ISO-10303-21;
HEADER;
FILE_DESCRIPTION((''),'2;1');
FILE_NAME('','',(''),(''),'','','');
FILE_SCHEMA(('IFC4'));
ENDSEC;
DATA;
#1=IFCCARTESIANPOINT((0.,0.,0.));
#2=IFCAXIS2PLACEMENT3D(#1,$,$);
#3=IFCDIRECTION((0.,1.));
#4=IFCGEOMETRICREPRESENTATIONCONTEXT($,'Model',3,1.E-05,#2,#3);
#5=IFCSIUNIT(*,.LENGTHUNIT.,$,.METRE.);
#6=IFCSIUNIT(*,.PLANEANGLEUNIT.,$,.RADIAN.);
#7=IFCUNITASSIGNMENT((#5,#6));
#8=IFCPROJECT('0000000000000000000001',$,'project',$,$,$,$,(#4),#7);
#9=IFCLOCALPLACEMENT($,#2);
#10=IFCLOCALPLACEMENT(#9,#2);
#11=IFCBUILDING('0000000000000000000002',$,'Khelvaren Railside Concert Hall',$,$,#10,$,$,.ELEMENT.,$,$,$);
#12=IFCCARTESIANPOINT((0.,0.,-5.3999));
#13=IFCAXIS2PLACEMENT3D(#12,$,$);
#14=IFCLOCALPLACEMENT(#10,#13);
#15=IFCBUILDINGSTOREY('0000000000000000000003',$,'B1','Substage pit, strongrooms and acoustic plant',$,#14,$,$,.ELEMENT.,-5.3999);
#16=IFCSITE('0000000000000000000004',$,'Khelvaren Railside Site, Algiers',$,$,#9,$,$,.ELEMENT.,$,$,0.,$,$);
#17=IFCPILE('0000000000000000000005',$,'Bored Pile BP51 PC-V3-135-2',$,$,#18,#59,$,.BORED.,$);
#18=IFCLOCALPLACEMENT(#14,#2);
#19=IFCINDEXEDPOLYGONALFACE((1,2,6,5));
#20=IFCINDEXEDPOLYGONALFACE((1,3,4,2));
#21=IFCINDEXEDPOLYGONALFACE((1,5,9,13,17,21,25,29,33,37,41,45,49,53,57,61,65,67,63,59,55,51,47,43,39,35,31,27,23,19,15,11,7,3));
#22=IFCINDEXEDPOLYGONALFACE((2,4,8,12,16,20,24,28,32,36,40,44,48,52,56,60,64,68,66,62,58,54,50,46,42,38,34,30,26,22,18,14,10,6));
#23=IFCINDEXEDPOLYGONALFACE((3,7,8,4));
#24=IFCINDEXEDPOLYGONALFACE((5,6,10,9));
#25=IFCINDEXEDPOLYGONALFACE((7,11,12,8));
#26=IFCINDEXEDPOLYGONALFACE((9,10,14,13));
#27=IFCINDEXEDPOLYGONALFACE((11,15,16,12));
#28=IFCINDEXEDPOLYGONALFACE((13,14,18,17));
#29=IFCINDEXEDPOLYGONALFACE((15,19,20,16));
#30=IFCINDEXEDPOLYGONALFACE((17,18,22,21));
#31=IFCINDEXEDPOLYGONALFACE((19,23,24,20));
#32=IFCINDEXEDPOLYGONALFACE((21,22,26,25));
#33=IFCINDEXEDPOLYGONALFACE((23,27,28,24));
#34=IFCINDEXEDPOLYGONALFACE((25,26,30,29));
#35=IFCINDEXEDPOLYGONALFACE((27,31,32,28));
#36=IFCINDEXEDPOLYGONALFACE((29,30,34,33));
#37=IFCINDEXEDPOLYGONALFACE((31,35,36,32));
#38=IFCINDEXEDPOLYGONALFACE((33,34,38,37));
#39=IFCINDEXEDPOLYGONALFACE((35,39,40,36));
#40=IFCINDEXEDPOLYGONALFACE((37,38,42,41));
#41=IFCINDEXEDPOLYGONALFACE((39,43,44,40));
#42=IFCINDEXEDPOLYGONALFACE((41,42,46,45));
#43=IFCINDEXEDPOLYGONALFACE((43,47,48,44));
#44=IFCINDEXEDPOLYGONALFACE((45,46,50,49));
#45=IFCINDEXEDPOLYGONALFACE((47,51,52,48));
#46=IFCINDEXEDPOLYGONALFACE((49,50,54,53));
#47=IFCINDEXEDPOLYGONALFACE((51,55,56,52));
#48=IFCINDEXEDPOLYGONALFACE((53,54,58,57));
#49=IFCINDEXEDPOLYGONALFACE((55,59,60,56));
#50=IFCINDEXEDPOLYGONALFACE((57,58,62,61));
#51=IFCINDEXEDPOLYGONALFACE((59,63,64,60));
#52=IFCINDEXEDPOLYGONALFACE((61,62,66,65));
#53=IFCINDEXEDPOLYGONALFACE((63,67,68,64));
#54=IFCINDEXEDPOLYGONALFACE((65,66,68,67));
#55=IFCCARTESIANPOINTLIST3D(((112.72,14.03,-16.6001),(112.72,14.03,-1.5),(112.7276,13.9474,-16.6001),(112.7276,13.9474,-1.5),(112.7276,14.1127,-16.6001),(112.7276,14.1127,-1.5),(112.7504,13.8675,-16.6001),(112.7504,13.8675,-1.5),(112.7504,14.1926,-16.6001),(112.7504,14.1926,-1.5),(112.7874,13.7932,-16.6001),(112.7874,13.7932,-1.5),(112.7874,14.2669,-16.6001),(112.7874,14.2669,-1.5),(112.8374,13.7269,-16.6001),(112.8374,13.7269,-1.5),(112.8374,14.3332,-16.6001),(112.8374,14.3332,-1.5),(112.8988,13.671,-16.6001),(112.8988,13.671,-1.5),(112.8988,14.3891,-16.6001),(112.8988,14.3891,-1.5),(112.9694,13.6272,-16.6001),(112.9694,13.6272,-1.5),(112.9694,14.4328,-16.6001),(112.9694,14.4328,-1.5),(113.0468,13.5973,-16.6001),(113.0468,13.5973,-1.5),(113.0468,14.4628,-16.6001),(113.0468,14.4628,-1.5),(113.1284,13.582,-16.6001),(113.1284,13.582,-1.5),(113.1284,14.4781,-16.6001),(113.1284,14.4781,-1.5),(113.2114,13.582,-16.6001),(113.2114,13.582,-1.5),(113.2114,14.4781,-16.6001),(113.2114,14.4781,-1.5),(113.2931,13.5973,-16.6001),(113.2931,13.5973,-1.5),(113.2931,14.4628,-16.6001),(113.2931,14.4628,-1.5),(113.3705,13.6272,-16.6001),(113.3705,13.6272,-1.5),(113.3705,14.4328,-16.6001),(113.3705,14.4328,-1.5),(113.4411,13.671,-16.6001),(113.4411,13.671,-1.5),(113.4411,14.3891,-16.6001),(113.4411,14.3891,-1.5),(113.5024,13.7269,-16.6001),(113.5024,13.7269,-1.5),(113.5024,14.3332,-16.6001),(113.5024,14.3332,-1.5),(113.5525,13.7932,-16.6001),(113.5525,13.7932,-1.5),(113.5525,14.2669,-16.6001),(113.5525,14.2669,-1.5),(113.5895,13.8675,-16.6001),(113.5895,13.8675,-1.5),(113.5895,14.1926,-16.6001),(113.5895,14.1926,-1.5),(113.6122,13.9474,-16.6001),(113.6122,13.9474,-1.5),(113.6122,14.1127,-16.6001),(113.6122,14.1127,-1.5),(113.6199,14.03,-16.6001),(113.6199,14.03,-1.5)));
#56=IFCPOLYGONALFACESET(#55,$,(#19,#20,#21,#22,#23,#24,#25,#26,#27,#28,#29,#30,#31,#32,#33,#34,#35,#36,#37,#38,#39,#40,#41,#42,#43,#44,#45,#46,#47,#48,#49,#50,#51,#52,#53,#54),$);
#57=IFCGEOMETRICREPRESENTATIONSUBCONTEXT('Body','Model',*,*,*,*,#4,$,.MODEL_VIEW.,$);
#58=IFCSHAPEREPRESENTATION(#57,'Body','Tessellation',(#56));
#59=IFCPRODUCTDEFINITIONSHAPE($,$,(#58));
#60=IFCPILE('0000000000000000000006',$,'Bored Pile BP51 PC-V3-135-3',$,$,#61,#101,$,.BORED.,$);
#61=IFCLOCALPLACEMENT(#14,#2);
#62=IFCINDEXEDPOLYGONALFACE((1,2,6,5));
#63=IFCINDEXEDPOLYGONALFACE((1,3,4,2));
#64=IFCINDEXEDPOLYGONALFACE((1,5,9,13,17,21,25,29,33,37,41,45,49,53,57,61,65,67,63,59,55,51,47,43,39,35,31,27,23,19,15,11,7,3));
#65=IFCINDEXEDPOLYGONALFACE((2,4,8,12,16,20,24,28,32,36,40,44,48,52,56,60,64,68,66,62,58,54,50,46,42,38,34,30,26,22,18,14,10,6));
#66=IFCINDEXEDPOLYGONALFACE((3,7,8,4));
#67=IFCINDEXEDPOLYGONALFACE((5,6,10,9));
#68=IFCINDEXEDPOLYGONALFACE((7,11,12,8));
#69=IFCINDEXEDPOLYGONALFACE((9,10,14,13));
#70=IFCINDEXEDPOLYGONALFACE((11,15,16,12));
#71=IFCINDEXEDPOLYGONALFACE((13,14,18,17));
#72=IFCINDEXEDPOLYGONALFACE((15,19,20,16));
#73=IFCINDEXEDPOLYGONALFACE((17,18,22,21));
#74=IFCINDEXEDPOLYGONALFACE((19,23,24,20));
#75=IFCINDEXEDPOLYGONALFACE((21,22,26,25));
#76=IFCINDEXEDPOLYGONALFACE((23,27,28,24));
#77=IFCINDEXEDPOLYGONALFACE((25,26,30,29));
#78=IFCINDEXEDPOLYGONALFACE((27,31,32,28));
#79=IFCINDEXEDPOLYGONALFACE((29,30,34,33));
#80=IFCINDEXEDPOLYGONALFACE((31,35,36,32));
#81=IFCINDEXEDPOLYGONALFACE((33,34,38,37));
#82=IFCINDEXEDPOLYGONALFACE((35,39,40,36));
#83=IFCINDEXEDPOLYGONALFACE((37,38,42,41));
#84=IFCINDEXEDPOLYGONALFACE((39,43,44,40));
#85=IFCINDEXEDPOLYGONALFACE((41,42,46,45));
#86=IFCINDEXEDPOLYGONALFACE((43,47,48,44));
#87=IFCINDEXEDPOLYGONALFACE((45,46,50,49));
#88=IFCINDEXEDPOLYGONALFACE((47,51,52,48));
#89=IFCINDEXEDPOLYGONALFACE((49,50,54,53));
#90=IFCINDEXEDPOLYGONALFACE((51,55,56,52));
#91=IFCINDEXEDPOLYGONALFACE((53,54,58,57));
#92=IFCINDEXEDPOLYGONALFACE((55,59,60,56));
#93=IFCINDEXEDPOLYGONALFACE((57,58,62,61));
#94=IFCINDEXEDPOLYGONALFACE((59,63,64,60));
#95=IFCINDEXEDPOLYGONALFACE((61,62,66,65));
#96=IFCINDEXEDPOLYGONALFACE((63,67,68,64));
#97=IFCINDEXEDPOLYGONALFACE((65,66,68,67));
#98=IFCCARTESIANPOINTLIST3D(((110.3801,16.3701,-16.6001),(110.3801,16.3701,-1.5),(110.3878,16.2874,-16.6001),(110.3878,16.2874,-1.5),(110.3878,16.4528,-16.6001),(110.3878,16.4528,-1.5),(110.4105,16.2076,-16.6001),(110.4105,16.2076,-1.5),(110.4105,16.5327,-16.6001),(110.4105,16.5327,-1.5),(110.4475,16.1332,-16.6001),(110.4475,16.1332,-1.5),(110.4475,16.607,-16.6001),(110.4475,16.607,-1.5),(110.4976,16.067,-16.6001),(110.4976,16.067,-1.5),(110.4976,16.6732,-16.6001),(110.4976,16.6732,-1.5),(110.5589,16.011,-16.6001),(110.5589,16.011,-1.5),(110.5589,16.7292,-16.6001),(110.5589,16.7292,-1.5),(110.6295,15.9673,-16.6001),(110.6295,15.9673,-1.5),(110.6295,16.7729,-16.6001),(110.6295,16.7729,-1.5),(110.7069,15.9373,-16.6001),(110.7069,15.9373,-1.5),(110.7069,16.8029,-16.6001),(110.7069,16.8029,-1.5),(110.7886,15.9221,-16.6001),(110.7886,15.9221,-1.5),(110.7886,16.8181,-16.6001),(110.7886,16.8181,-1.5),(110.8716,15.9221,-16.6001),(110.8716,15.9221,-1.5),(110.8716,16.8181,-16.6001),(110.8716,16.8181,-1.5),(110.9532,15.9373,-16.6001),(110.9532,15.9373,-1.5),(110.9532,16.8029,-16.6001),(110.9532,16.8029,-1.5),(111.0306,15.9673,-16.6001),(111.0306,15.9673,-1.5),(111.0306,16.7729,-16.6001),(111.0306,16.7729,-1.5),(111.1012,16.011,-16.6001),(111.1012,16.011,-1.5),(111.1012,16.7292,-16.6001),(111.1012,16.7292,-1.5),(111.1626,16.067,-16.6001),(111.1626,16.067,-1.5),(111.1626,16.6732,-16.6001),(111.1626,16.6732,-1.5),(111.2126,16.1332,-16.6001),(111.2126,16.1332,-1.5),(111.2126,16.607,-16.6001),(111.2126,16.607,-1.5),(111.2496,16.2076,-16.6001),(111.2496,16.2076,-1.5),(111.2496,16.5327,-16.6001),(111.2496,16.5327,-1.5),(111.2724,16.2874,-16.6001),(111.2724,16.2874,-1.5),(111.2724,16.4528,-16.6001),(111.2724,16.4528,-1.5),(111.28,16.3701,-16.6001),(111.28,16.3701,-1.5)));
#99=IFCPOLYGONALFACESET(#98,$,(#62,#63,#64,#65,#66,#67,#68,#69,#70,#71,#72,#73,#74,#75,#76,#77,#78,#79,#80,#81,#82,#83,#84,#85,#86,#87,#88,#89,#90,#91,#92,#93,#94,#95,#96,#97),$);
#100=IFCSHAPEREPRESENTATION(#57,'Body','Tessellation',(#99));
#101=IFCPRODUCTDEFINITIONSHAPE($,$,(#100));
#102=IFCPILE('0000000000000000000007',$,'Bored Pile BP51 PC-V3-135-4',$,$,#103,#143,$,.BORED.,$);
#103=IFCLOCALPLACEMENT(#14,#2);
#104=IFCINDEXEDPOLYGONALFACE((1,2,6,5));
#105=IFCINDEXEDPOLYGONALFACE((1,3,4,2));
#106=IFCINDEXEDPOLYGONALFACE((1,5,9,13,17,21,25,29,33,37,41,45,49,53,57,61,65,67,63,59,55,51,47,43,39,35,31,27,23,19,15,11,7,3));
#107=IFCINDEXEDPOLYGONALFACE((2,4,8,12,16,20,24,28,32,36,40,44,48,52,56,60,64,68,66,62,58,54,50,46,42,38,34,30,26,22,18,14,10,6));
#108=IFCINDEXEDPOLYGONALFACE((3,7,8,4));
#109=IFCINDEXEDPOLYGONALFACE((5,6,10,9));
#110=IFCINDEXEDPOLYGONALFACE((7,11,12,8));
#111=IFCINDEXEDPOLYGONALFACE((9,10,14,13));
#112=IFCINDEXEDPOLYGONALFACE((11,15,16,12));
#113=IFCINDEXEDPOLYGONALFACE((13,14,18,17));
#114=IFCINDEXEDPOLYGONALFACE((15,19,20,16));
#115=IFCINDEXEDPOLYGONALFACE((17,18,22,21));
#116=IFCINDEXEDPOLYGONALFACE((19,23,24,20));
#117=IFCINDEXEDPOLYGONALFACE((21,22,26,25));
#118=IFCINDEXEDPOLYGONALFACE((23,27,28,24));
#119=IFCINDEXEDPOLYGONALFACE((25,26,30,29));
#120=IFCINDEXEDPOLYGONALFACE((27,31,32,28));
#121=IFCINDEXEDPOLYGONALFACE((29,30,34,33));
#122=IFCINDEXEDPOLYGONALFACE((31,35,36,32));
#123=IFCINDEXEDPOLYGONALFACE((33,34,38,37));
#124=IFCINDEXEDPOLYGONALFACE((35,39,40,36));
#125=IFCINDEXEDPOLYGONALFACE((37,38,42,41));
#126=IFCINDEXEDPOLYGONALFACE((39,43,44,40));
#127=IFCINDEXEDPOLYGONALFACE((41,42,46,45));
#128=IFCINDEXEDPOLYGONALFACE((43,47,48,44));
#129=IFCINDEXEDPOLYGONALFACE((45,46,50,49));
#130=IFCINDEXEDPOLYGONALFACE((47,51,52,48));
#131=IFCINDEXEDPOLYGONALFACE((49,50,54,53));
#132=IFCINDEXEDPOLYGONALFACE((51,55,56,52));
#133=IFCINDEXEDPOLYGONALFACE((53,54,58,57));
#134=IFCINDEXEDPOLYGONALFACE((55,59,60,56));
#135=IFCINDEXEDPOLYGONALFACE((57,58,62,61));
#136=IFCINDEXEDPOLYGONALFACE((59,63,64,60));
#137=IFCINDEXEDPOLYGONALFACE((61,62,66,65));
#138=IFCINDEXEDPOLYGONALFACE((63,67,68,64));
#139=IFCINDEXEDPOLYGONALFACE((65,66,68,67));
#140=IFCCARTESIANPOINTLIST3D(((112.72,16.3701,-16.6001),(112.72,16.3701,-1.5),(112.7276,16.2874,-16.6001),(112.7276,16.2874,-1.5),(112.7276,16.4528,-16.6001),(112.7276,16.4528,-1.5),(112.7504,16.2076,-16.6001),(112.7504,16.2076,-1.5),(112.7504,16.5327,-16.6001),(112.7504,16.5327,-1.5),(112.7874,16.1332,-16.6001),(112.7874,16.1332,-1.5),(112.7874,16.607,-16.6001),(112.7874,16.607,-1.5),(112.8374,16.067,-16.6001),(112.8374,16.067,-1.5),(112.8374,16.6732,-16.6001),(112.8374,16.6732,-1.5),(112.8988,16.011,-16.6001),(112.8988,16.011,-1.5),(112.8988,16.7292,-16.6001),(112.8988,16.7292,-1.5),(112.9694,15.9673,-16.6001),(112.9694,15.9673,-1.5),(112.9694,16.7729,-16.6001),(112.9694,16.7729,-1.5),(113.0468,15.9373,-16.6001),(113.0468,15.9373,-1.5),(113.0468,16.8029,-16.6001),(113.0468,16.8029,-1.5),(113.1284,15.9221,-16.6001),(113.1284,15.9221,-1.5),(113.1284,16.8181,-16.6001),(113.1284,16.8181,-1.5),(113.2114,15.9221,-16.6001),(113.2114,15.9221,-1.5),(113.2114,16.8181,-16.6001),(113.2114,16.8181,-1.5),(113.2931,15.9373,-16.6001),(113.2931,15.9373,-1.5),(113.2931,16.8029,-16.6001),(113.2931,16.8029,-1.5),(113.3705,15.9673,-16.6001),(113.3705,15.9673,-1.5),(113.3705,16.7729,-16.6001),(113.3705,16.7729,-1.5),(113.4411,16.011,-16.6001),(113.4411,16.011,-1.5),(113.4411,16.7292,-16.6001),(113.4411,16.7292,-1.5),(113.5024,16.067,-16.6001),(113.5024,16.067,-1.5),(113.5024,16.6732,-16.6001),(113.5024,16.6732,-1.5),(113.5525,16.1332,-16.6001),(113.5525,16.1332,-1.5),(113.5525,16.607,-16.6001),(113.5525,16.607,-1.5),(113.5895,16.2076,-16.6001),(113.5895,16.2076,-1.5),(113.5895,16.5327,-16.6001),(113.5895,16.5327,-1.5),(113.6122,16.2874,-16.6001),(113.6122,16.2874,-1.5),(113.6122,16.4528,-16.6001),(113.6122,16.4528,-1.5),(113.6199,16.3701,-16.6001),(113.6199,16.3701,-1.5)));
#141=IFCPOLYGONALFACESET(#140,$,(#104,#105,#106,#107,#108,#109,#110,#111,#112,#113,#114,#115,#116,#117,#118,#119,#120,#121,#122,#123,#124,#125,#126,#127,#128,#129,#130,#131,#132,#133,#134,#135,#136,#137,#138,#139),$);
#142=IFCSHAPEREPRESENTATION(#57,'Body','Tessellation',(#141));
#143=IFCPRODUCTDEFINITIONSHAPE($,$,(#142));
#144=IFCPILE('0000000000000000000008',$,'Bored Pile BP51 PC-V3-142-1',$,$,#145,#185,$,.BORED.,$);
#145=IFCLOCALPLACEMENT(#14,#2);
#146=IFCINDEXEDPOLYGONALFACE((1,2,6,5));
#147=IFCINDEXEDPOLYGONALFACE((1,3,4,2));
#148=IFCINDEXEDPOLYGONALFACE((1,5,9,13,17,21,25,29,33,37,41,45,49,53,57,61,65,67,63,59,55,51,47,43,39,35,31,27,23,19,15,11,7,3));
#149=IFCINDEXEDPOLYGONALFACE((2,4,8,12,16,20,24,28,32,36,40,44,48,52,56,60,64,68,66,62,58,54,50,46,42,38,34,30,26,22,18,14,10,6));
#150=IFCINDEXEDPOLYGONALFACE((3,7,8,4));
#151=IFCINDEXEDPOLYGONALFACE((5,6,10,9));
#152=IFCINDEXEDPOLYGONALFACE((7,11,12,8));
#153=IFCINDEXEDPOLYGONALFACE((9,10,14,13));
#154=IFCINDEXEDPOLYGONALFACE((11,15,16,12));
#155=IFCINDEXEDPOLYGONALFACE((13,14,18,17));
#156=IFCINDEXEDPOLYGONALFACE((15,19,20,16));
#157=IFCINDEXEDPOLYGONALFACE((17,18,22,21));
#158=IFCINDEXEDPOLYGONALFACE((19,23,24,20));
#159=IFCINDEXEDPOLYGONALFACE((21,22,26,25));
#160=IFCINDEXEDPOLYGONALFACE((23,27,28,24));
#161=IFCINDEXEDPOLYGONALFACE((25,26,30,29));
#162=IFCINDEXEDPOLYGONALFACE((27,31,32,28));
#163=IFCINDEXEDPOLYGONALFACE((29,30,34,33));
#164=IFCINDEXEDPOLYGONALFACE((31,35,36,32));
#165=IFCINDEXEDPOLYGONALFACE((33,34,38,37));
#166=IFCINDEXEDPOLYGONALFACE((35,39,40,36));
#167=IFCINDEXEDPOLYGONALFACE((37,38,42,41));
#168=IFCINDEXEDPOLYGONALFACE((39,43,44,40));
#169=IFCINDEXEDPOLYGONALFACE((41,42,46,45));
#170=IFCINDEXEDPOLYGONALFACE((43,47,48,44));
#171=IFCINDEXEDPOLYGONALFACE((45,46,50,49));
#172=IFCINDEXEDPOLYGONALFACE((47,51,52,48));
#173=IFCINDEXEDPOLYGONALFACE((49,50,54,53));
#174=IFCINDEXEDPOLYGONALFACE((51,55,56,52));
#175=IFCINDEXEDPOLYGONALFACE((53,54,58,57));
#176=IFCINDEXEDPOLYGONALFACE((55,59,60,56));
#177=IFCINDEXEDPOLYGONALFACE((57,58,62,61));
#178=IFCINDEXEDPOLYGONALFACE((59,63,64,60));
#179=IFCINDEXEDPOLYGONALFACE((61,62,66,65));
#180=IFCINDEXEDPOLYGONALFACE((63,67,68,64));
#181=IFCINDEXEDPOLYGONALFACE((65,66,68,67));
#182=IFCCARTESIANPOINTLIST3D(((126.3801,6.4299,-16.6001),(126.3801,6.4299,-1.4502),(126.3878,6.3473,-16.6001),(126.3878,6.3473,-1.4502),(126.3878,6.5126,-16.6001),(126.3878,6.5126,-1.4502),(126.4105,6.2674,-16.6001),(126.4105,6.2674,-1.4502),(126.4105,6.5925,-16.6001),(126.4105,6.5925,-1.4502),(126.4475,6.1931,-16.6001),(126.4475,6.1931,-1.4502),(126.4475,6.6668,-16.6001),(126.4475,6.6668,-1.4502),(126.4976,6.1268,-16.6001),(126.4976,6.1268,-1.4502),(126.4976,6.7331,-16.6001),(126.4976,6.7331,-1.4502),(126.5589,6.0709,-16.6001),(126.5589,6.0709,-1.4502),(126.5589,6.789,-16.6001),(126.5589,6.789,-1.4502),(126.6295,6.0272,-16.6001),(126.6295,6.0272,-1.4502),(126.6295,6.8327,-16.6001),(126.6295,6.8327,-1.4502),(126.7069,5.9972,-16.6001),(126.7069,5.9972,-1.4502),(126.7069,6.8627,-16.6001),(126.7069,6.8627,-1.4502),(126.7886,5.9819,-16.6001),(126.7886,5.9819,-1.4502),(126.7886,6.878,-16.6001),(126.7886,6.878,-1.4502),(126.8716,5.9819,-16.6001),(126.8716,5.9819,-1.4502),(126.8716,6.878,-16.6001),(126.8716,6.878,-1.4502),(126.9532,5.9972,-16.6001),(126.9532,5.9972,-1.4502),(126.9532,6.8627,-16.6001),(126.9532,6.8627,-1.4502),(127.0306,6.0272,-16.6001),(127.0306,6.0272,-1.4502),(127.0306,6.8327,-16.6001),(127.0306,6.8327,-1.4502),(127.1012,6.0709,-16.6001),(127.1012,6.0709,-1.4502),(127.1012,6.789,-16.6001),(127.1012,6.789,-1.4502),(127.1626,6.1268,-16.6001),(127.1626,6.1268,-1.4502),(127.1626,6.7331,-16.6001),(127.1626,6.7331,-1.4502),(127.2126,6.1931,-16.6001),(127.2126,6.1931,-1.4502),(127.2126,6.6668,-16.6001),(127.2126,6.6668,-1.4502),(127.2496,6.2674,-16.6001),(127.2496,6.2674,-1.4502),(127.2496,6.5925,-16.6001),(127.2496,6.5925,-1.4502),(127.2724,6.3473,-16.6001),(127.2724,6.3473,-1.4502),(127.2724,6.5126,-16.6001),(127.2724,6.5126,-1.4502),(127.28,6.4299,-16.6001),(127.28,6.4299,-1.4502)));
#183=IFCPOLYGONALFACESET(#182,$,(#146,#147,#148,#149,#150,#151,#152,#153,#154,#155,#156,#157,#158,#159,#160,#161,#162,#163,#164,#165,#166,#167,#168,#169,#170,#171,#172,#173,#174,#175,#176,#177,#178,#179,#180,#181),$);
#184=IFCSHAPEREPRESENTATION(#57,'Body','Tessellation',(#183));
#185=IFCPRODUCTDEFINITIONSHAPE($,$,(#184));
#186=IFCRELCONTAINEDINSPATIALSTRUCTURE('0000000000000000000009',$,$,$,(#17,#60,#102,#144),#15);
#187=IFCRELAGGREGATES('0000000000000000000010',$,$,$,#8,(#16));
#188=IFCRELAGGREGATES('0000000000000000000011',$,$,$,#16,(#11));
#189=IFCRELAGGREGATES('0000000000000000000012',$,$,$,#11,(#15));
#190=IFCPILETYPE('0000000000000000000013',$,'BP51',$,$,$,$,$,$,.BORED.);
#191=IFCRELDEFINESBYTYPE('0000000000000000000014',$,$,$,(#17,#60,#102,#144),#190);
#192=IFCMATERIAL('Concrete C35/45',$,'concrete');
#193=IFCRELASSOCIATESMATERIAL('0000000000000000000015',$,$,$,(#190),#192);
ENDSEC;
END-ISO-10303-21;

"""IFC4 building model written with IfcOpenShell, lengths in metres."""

from ifc_helpers import new_model, si_unit, direction, frame, origin, origin_2d, place, context, subcontext, project, spatial, circle, extrude, material, material_profile, profile_set, type_object, element, save


model = new_model("IFC4")

# Units and contexts
model_context = context("Model", 3, precision=1e-05, world=origin(), true_north=direction((0.0, 1.0)))
body_context = subcontext(model_context, "Body", "Model", "MODEL_VIEW")
ifc_project = project(units=[si_unit("LENGTHUNIT", "METRE"), si_unit("PLANEANGLEUNIT", "RADIAN")], contexts=[model_context])

# Site, building, storey
site_placement = place(None, origin())
site = spatial("IfcSite", under=ifc_project, at=site_placement, Name="Khelvaren Railside Site, Algiers", CompositionType="ELEMENT", RefElevation=0.0)
building_placement = place(site_placement, origin())
building = spatial("IfcBuilding", under=site, at=building_placement, Name="Khelvaren Railside Concert Hall", CompositionType="ELEMENT")
storey_placement = place(building_placement, frame((0.0, 0.0, -5.3999)))
storey = spatial("IfcBuildingStorey", under=building, at=storey_placement, Name="B1", Description="Substage pit, strongrooms and acoustic plant", CompositionType="ELEMENT", Elevation=-5.3999)

# Piles
ifc_material_1 = material(Name="Concrete C35/45", Category="concrete")
ifc_material_profile_1 = material_profile(ifc_material_1, circle(Radius=0.45, at=origin_2d()), Name="BP D900")
ifc_profile_set_1 = profile_set([ifc_material_profile_1], Name="Concrete C35/45")
pile_type_1 = type_object("IfcPileType", Name="BP51", PredefinedType="BORED", material=ifc_profile_set_1)
for number, where, z_axis, x_axis, name in (
    (1, (113.1699, 14.03, -1.5), (0.0, 0.0, -1.0), (1.0, 0.0, 0.0), "Bored Pile BP51 PC-V3-135-2"),
    (2, (110.8301, 16.3701, -1.5), (0.0, 0.0, -1.0), (1.0, 0.0, 0.0), "Bored Pile BP51 PC-V3-135-3"),
    (3, (113.1699, 16.3701, -1.5), (0.0, 0.0, -1.0), (1.0, 0.0, 0.0), "Bored Pile BP51 PC-V3-135-4"),
):
    element("IfcPile", number, at=place(storey_placement, frame(where, z_axis=z_axis, x_axis=x_axis)), inside=storey, type_object=pile_type_1, Name=name, PredefinedType="BORED", context=body_context, shape_type="SweptSolid", body=[
        extrude(circle(Radius=0.45, at=origin_2d()), origin(), (0.0, 0.0, 1.0), 15.1001),
    ])
for number, where, z_axis, x_axis, name in (
    (4, (126.8301, 6.4299, -1.4502), (0.0, 0.0, -1.0), (1.0, 0.0, 0.0), "Bored Pile BP51 PC-V3-142-1"),
):
    element("IfcPile", number, at=place(storey_placement, frame(where, z_axis=z_axis, x_axis=x_axis)), inside=storey, type_object=pile_type_1, Name=name, PredefinedType="BORED", context=body_context, shape_type="SweptSolid", body=[
        extrude(circle(Radius=0.45, at=origin_2d()), origin(), (0.0, 0.0, 1.0), 15.1499),
    ])

save(model, "model.ifc")
